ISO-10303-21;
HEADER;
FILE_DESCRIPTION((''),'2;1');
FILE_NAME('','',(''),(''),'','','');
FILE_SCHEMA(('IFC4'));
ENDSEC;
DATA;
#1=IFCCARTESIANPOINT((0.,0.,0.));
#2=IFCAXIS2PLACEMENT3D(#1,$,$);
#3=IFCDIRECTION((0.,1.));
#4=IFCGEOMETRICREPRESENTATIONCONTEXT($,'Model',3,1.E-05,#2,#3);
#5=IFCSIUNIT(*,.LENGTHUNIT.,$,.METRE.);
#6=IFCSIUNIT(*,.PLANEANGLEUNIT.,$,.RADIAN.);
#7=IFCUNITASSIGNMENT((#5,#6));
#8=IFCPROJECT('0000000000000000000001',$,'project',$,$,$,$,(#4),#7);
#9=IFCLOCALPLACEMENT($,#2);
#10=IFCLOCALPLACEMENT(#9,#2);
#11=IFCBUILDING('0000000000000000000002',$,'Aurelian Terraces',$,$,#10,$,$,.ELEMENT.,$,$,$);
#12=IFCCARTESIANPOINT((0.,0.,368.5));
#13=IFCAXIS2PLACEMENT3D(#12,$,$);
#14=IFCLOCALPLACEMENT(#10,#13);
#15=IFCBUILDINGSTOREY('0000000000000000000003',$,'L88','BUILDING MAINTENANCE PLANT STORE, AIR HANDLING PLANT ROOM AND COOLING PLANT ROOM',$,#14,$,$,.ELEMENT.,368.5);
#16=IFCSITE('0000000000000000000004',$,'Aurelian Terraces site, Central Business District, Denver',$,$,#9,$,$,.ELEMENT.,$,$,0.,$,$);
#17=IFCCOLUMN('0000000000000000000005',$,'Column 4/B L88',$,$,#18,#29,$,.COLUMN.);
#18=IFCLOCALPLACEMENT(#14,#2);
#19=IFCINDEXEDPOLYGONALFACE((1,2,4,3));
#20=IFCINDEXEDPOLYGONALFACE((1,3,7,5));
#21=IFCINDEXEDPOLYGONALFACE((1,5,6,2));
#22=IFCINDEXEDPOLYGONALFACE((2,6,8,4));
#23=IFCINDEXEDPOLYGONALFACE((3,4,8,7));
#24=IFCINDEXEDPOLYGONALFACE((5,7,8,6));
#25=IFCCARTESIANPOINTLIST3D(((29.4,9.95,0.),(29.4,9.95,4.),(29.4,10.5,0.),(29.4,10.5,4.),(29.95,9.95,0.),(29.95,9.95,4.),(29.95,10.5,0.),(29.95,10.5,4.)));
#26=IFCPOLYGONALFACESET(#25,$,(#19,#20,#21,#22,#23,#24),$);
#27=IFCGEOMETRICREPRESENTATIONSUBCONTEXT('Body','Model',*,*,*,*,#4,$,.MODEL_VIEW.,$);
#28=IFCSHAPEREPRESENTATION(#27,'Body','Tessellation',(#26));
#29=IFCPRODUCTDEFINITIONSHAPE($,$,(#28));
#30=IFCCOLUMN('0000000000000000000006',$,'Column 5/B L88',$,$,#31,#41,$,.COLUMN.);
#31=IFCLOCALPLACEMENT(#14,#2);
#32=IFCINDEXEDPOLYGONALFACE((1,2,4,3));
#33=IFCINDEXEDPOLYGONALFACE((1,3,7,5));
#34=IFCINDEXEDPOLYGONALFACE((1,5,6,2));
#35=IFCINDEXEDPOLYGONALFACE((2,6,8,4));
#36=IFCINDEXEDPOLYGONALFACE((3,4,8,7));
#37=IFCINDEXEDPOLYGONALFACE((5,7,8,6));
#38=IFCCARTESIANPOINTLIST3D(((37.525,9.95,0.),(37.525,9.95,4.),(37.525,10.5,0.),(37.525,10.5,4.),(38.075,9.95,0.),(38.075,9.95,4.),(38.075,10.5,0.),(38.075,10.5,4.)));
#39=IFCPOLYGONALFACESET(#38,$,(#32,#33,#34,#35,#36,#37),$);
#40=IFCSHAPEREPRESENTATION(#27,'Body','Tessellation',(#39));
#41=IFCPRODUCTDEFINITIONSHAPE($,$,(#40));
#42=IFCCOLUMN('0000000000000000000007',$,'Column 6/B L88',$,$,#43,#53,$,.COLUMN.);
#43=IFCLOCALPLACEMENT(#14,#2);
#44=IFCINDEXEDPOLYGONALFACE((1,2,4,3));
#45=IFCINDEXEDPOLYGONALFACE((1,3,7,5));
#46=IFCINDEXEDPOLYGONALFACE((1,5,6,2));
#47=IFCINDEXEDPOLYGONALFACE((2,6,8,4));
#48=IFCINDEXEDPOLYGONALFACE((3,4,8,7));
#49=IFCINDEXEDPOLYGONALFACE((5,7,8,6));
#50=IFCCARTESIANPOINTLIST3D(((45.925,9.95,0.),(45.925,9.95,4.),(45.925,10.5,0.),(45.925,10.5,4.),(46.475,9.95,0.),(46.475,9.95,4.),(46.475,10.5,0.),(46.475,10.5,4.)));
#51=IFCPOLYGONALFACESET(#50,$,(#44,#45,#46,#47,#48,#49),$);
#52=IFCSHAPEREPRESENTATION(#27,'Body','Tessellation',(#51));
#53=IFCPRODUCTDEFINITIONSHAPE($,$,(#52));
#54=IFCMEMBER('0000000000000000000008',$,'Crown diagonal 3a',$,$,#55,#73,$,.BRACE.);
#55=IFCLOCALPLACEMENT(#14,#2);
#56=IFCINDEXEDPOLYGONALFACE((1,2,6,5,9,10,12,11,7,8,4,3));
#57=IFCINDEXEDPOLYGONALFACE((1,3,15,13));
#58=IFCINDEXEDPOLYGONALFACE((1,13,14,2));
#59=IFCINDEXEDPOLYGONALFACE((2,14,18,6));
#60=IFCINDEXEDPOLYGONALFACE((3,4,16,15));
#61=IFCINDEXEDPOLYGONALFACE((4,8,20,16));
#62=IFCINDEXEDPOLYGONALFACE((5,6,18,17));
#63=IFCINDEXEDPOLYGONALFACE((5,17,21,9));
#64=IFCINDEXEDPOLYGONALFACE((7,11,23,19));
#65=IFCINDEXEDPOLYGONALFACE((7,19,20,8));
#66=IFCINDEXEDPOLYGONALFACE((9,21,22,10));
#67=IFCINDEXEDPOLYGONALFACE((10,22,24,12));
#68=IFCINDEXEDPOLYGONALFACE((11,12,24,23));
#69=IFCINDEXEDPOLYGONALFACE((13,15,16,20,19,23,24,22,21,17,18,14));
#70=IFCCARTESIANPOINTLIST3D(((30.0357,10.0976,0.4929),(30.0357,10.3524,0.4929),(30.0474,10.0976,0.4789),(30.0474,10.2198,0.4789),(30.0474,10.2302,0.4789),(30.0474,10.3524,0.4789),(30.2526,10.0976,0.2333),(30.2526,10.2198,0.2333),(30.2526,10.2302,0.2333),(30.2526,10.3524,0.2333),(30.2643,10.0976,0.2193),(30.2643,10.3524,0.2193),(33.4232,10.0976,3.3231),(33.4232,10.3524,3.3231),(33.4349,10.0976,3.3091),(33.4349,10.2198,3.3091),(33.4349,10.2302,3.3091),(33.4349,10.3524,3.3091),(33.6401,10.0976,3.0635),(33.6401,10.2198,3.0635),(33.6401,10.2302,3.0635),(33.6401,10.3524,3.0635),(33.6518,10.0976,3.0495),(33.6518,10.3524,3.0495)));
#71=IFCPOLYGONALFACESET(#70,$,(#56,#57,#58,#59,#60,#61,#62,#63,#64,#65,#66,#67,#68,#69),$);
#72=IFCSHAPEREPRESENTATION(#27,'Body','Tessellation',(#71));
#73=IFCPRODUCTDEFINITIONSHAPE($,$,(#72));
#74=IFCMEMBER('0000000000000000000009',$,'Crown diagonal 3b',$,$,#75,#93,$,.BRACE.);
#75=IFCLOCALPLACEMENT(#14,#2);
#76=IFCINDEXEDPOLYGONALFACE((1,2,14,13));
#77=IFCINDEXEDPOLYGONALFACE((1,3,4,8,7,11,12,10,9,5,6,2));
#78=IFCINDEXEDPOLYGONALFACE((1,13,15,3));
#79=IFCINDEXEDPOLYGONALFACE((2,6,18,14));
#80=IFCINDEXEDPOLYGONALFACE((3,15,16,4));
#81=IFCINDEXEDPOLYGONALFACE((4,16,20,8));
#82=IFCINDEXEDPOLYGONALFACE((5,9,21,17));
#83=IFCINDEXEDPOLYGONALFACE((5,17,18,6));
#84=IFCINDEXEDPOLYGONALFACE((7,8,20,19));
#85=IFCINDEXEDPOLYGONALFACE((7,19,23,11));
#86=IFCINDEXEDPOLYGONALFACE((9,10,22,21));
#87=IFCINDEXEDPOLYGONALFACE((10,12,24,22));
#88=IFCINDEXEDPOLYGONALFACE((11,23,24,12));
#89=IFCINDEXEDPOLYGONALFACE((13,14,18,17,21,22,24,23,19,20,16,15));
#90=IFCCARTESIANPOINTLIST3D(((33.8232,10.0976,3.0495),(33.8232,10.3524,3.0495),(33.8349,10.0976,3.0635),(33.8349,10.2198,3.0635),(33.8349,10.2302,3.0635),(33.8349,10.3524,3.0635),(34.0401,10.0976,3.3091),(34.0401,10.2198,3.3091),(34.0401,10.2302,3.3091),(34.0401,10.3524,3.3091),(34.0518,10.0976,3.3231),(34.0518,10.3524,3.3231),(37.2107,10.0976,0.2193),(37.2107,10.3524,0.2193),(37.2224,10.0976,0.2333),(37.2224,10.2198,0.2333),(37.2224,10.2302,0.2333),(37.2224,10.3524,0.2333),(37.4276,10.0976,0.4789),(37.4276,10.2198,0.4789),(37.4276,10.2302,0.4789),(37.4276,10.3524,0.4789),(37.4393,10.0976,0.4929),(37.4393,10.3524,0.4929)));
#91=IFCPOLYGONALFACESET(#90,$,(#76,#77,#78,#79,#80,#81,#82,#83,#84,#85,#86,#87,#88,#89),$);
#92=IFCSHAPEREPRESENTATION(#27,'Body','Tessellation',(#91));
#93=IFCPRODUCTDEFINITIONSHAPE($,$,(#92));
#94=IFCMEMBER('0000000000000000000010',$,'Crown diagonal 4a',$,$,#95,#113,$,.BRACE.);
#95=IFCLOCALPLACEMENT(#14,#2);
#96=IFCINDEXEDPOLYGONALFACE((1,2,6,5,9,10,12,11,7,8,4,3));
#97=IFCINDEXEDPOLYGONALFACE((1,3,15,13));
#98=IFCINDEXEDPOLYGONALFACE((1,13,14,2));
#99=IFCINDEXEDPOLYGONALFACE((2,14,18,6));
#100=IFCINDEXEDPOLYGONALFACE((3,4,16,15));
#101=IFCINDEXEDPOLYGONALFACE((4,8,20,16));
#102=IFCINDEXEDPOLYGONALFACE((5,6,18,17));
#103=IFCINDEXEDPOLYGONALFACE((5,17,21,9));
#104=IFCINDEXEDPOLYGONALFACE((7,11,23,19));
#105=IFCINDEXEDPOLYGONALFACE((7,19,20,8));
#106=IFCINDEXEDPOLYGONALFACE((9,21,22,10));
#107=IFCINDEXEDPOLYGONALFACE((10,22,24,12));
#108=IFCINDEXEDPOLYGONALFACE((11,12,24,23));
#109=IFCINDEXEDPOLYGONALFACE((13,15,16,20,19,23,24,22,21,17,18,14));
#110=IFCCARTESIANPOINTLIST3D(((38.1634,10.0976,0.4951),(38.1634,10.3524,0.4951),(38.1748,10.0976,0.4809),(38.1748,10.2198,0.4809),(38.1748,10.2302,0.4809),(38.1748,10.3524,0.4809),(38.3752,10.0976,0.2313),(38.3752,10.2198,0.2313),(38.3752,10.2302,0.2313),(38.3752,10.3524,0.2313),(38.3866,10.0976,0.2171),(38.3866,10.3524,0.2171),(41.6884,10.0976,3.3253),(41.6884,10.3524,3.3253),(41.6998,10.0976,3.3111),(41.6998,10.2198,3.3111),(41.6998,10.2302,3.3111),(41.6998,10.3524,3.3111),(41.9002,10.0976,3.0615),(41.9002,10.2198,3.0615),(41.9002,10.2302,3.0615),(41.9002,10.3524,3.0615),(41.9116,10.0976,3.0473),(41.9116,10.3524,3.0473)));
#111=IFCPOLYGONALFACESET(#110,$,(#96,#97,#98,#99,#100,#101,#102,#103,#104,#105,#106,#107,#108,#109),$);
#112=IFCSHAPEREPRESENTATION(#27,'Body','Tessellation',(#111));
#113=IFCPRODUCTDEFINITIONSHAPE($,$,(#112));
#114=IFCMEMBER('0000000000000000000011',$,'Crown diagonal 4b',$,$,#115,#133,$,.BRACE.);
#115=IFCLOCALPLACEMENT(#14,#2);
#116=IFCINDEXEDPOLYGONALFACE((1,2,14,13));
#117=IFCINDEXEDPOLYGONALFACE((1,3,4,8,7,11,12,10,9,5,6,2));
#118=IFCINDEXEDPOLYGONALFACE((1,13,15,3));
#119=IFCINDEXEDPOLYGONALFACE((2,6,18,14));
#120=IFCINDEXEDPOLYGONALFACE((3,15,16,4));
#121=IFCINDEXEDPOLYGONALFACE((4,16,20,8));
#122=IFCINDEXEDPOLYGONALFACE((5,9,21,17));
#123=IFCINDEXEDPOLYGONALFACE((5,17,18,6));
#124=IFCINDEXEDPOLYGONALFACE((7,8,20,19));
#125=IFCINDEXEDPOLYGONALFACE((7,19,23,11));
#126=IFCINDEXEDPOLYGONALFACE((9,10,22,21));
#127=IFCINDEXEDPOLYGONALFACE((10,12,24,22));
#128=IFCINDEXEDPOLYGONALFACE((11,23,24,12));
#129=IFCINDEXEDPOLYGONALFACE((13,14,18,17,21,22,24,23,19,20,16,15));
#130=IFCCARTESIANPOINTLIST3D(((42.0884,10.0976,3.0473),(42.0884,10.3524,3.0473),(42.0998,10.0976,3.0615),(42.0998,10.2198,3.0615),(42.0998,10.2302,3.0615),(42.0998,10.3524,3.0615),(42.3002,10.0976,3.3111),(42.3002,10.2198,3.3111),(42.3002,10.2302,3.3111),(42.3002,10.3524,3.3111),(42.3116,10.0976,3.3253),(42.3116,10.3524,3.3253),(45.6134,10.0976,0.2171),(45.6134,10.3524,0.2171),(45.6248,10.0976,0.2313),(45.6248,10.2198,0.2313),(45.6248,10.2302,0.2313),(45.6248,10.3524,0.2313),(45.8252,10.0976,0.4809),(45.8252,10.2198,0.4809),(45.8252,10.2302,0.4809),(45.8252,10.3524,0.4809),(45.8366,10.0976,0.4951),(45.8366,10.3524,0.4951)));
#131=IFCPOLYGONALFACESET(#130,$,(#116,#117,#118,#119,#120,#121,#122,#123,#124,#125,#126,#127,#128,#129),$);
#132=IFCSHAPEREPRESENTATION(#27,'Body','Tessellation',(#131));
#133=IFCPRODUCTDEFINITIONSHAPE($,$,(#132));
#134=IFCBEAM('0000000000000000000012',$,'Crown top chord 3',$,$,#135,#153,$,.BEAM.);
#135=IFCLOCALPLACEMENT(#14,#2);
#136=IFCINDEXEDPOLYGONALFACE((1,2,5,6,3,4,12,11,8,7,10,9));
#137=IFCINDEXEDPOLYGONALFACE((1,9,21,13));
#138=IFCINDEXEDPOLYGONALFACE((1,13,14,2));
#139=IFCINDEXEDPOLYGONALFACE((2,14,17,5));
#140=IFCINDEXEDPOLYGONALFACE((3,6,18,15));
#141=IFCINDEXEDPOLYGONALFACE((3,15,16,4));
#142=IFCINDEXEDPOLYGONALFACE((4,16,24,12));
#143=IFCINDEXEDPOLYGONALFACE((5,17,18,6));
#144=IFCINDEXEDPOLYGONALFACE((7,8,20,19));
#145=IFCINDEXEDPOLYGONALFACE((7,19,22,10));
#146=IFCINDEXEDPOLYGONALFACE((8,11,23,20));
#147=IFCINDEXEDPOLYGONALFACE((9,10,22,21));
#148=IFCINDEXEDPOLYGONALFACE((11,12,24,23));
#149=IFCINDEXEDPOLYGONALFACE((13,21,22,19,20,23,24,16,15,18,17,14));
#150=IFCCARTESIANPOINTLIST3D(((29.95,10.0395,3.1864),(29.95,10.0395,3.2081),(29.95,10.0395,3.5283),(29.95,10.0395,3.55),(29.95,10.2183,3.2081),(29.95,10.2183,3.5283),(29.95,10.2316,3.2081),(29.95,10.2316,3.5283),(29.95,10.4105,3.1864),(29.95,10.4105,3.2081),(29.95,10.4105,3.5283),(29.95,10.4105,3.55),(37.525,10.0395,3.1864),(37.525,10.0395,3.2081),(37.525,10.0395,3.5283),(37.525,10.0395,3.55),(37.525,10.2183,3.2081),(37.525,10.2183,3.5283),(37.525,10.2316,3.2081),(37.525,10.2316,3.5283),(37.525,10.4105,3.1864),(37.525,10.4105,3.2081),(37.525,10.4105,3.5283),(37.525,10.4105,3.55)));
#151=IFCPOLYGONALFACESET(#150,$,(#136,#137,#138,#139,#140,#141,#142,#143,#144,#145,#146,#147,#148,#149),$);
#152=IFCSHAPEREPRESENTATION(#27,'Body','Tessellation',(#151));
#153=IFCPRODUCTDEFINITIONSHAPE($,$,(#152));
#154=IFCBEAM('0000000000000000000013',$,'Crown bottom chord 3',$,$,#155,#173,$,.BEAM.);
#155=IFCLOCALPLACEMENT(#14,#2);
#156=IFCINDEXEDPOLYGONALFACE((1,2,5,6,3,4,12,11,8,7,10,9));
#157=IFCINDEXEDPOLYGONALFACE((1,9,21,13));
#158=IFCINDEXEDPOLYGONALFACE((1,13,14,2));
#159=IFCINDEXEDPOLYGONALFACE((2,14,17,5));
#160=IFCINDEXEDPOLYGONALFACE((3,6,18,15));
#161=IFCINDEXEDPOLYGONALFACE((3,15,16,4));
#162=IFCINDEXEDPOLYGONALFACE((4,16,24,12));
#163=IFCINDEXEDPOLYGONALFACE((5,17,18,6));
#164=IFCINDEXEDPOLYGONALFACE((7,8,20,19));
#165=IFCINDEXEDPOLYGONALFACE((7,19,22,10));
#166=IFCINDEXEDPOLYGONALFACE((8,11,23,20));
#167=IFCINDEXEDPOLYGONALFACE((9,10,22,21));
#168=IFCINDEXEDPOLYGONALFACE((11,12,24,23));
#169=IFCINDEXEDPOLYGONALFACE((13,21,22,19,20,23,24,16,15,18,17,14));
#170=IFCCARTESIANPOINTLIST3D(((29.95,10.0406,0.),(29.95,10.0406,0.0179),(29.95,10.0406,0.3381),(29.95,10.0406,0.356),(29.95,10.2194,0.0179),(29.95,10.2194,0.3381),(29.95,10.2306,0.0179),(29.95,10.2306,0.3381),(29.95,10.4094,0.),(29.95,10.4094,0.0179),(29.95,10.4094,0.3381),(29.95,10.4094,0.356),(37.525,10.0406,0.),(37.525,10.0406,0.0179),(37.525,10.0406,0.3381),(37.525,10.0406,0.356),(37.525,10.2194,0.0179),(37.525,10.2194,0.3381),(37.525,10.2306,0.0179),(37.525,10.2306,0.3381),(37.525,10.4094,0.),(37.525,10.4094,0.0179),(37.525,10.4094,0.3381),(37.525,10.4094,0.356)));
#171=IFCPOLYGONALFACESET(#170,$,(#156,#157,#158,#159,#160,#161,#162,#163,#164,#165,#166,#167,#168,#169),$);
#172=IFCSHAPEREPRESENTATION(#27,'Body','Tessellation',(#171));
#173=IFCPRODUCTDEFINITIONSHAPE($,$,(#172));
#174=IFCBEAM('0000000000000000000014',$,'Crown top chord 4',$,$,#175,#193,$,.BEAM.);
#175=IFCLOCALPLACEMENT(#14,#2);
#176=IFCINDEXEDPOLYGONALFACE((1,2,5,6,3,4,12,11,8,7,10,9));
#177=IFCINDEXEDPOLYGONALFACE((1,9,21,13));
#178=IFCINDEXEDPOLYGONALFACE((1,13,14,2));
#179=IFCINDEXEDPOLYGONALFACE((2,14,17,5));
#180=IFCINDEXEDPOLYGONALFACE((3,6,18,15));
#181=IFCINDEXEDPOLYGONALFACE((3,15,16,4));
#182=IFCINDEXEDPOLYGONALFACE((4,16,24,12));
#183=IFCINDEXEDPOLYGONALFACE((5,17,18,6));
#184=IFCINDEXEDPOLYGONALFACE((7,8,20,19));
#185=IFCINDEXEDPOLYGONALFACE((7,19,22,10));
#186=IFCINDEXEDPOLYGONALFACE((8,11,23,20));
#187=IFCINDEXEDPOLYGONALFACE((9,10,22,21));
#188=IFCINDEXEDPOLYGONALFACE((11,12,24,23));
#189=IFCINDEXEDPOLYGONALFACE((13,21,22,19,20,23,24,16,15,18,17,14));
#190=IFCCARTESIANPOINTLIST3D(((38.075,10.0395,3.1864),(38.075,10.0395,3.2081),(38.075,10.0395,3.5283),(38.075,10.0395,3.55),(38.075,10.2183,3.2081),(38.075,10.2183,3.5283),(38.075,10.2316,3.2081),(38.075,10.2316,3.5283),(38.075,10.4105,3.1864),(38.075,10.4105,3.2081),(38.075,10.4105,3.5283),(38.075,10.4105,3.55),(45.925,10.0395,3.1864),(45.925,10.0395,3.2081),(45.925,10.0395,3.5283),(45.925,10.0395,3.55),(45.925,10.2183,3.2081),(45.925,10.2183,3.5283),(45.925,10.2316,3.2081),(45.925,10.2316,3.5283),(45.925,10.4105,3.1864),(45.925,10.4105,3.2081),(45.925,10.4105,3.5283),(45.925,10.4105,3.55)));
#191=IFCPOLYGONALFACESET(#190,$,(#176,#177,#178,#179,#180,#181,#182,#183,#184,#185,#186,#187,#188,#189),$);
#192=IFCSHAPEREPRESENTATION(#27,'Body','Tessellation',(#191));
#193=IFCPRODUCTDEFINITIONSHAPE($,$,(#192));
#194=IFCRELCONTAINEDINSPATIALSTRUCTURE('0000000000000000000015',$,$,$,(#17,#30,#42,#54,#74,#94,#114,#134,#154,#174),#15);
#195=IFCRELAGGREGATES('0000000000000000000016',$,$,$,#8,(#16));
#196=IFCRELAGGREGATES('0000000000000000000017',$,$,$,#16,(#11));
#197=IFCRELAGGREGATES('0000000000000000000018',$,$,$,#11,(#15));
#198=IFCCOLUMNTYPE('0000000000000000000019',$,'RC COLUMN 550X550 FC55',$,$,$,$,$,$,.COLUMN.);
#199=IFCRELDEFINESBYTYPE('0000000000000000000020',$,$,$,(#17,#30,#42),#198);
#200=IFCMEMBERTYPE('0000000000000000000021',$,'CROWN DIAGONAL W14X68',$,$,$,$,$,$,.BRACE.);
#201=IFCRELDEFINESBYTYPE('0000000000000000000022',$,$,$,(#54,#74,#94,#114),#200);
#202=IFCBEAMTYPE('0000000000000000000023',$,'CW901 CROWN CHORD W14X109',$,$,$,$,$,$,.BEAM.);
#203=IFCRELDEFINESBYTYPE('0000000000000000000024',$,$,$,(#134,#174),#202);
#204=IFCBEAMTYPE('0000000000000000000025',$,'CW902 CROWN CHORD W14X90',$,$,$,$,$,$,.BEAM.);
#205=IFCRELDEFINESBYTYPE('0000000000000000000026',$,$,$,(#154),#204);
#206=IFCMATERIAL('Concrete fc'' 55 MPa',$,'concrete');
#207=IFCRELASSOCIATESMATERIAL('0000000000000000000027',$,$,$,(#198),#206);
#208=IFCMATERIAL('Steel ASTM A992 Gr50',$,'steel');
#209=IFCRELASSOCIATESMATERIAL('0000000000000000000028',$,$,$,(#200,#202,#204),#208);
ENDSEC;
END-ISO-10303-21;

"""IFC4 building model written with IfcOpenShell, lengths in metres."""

from ifc_helpers import new_model, si_unit, direction, frame, origin, origin_2d, place, context, subcontext, project, spatial, rectangle, i_section, extrude, source, transform, mapped, material, material_profile, profile_set, type_object, element, save


model = new_model("IFC4")

# Units and contexts
model_context = context("Model", 3, precision=1e-05, world=origin(), true_north=direction((0.0, 1.0)))
body_context = subcontext(model_context, "Body", "Model", "MODEL_VIEW")
ifc_project = project(units=[si_unit("LENGTHUNIT", "METRE"), si_unit("PLANEANGLEUNIT", "RADIAN")], contexts=[model_context])

# Site, building, storey
site_placement = place(None, origin())
site = spatial("IfcSite", under=ifc_project, at=site_placement, Name="Aurelian Terraces site, Central Business District, Denver", CompositionType="ELEMENT", RefElevation=0.0)
building_placement = place(site_placement, origin())
building = spatial("IfcBuilding", under=site, at=building_placement, Name="Aurelian Terraces", CompositionType="ELEMENT")
storey_placement = place(building_placement, frame((0.0, 0.0, 368.5)))
storey = spatial("IfcBuildingStorey", under=building, at=storey_placement, Name="L88", Description="BUILDING MAINTENANCE PLANT STORE, AIR HANDLING PLANT ROOM AND COOLING PLANT ROOM", CompositionType="ELEMENT", Elevation=368.5)

# Columns
ifc_material_1 = material(Name="Concrete fc' 55 MPa", Category="concrete")
ifc_material_profile_1 = material_profile(ifc_material_1, rectangle(XDim=0.55, YDim=0.55, at=origin_2d()))
ifc_profile_set_1 = profile_set([ifc_material_profile_1], Name="Concrete fc' 55 MPa")
column_type = type_object("IfcColumnType", Name="RC COLUMN 550X550 FC55", PredefinedType="COLUMN", material=ifc_profile_set_1)
shared_shape_1 = source(origin(), body_context, "Body", "SweptSolid", [
    extrude(rectangle(XDim=0.55, YDim=0.55, at=origin_2d()), origin(), (0.0, 0.0, 1.0), 4.0),
])
for number, where, z_axis, x_axis, name in (
    (1, (29.675, 10.225, 0.0), (0.0, 0.0, 1.0), (1.0, 0.0, 0.0), "Column 4/B L88"),
    (2, (37.8, 10.225, 0.0), (0.0, 0.0, 1.0), (1.0, 0.0, 0.0), "Column 5/B L88"),
    (3, (46.2, 10.225, 0.0), (0.0, 0.0, 1.0), (1.0, 0.0, 0.0), "Column 6/B L88"),
):
    element("IfcColumn", number, at=place(storey_placement, frame(where, z_axis=z_axis, x_axis=x_axis)), inside=storey, type_object=column_type, Name=name, PredefinedType="COLUMN", context=body_context, shape_type="MappedRepresentation", body=[
        mapped(shared_shape_1, transform((0.0, 0.0, 0.0), scale=1.0)),
    ])

# Members
ifc_material_2 = material(Name="Steel ASTM A992 Gr50", Category="steel")
ifc_material_profile_2 = material_profile(ifc_material_2, i_section(OverallWidth=0.2549, OverallDepth=0.3566, WebThickness=0.0105, FlangeThickness=0.0183, at=origin_2d()))
ifc_profile_set_2 = profile_set([ifc_material_profile_2], Name="Steel ASTM A992 Gr50")
member_type = type_object("IfcMemberType", Name="CROWN DIAGONAL W14X68", PredefinedType="BRACE", material=ifc_profile_set_2)
shared_shape_2 = source(origin(), body_context, "Body", "SweptSolid", [
    extrude(i_section(OverallWidth=0.2549, OverallDepth=0.3566, WebThickness=0.0105, FlangeThickness=0.0183, at=origin_2d()), origin(), (0.0, 0.0, 1.0), 4.4142),
])
for number, where, z_axis, x_axis, name in (
    (4, (30.15, 10.225, 0.3561), (0.767409, 0.0, 0.641158), (0.0, 1.0, 0.0), "Crown diagonal 3a"),
    (5, (33.9375, 10.225, 3.1863), (0.767409, 0.0, -0.641158), (0.0, 1.0, 0.0), "Crown diagonal 3b"),
):
    element("IfcMember", number, at=place(storey_placement, frame(where, z_axis=z_axis, x_axis=x_axis)), inside=storey, type_object=member_type, Name=name, PredefinedType="BRACE", context=body_context, shape_type="MappedRepresentation", body=[
        mapped(shared_shape_2, transform((0.0, 0.0, 0.0), scale=1.0)),
    ])
shared_shape_3 = source(origin(), body_context, "Body", "SweptSolid", [
    extrude(i_section(OverallWidth=0.2549, OverallDepth=0.3566, WebThickness=0.0105, FlangeThickness=0.0183, at=origin_2d()), origin(), (0.0, 0.0, 1.0), 4.5206),
])
for number, where, z_axis, x_axis, name in (
    (6, (38.275, 10.225, 0.3561), (0.779767, 0.0, 0.62607), (0.0, 1.0, 0.0), "Crown diagonal 4a"),
    (7, (42.2, 10.225, 3.1863), (0.779767, 0.0, -0.62607), (0.0, 1.0, 0.0), "Crown diagonal 4b"),
):
    element("IfcMember", number, at=place(storey_placement, frame(where, z_axis=z_axis, x_axis=x_axis)), inside=storey, type_object=member_type, Name=name, PredefinedType="BRACE", context=body_context, shape_type="MappedRepresentation", body=[
        mapped(shared_shape_3, transform((0.0, 0.0, 0.0), scale=1.0)),
    ])

# Beams
ifc_material_profile_3 = material_profile(ifc_material_2, i_section(OverallWidth=0.371, OverallDepth=0.3637, WebThickness=0.0133, FlangeThickness=0.0218, at=origin_2d()))
ifc_profile_set_3 = profile_set([ifc_material_profile_3], Name="Steel ASTM A992 Gr50")
beam_type_1 = type_object("IfcBeamType", Name="CW901 CROWN CHORD W14X109", PredefinedType="BEAM", material=ifc_profile_set_3)
shared_shape_4 = source(origin(), body_context, "Body", "SweptSolid", [
    extrude(i_section(OverallWidth=0.371, OverallDepth=0.3637, WebThickness=0.0133, FlangeThickness=0.0218, at=origin_2d()), origin(), (0.0, 0.0, 1.0), 7.575),
])
beam_1_placement = place(storey_placement, frame((29.95, 10.225, 3.3682), z_axis=(1.0, 0.0, 0.0), x_axis=(0.0, 1.0, 0.0)))
element("IfcBeam", 8, at=beam_1_placement, inside=storey, type_object=beam_type_1, Name="Crown top chord 3", PredefinedType="BEAM", context=body_context, shape_type="MappedRepresentation", body=[
    mapped(shared_shape_4, transform((0.0, 0.0, 0.0), scale=1.0)),
])
ifc_material_profile_4 = material_profile(ifc_material_2, i_section(OverallWidth=0.3688, OverallDepth=0.3561, WebThickness=0.0112, FlangeThickness=0.018, at=origin_2d()))
ifc_profile_set_4 = profile_set([ifc_material_profile_4], Name="Steel ASTM A992 Gr50")
beam_type_2 = type_object("IfcBeamType", Name="CW902 CROWN CHORD W14X90", PredefinedType="BEAM", material=ifc_profile_set_4)
shared_shape_5 = source(origin(), body_context, "Body", "SweptSolid", [
    extrude(i_section(OverallWidth=0.3688, OverallDepth=0.3561, WebThickness=0.0112, FlangeThickness=0.018, at=origin_2d()), origin(), (0.0, 0.0, 1.0), 7.575),
])
beam_2_placement = place(storey_placement, frame((29.95, 10.225, 0.178), z_axis=(1.0, 0.0, 0.0), x_axis=(0.0, 1.0, 0.0)))
element("IfcBeam", 9, at=beam_2_placement, inside=storey, type_object=beam_type_2, Name="Crown bottom chord 3", PredefinedType="BEAM", context=body_context, shape_type="MappedRepresentation", body=[
    mapped(shared_shape_5, transform((0.0, 0.0, 0.0), scale=1.0)),
])
shared_shape_6 = source(origin(), body_context, "Body", "SweptSolid", [
    extrude(i_section(OverallWidth=0.371, OverallDepth=0.3637, WebThickness=0.0133, FlangeThickness=0.0218, at=origin_2d()), origin(), (0.0, 0.0, 1.0), 7.85),
])
beam_3_placement = place(storey_placement, frame((38.075, 10.225, 3.3682), z_axis=(1.0, 0.0, 0.0), x_axis=(0.0, 1.0, 0.0)))
element("IfcBeam", 10, at=beam_3_placement, inside=storey, type_object=beam_type_1, Name="Crown top chord 4", PredefinedType="BEAM", context=body_context, shape_type="MappedRepresentation", body=[
    mapped(shared_shape_6, transform((0.0, 0.0, 0.0), scale=1.0)),
])

save(model, "model.ifc")
